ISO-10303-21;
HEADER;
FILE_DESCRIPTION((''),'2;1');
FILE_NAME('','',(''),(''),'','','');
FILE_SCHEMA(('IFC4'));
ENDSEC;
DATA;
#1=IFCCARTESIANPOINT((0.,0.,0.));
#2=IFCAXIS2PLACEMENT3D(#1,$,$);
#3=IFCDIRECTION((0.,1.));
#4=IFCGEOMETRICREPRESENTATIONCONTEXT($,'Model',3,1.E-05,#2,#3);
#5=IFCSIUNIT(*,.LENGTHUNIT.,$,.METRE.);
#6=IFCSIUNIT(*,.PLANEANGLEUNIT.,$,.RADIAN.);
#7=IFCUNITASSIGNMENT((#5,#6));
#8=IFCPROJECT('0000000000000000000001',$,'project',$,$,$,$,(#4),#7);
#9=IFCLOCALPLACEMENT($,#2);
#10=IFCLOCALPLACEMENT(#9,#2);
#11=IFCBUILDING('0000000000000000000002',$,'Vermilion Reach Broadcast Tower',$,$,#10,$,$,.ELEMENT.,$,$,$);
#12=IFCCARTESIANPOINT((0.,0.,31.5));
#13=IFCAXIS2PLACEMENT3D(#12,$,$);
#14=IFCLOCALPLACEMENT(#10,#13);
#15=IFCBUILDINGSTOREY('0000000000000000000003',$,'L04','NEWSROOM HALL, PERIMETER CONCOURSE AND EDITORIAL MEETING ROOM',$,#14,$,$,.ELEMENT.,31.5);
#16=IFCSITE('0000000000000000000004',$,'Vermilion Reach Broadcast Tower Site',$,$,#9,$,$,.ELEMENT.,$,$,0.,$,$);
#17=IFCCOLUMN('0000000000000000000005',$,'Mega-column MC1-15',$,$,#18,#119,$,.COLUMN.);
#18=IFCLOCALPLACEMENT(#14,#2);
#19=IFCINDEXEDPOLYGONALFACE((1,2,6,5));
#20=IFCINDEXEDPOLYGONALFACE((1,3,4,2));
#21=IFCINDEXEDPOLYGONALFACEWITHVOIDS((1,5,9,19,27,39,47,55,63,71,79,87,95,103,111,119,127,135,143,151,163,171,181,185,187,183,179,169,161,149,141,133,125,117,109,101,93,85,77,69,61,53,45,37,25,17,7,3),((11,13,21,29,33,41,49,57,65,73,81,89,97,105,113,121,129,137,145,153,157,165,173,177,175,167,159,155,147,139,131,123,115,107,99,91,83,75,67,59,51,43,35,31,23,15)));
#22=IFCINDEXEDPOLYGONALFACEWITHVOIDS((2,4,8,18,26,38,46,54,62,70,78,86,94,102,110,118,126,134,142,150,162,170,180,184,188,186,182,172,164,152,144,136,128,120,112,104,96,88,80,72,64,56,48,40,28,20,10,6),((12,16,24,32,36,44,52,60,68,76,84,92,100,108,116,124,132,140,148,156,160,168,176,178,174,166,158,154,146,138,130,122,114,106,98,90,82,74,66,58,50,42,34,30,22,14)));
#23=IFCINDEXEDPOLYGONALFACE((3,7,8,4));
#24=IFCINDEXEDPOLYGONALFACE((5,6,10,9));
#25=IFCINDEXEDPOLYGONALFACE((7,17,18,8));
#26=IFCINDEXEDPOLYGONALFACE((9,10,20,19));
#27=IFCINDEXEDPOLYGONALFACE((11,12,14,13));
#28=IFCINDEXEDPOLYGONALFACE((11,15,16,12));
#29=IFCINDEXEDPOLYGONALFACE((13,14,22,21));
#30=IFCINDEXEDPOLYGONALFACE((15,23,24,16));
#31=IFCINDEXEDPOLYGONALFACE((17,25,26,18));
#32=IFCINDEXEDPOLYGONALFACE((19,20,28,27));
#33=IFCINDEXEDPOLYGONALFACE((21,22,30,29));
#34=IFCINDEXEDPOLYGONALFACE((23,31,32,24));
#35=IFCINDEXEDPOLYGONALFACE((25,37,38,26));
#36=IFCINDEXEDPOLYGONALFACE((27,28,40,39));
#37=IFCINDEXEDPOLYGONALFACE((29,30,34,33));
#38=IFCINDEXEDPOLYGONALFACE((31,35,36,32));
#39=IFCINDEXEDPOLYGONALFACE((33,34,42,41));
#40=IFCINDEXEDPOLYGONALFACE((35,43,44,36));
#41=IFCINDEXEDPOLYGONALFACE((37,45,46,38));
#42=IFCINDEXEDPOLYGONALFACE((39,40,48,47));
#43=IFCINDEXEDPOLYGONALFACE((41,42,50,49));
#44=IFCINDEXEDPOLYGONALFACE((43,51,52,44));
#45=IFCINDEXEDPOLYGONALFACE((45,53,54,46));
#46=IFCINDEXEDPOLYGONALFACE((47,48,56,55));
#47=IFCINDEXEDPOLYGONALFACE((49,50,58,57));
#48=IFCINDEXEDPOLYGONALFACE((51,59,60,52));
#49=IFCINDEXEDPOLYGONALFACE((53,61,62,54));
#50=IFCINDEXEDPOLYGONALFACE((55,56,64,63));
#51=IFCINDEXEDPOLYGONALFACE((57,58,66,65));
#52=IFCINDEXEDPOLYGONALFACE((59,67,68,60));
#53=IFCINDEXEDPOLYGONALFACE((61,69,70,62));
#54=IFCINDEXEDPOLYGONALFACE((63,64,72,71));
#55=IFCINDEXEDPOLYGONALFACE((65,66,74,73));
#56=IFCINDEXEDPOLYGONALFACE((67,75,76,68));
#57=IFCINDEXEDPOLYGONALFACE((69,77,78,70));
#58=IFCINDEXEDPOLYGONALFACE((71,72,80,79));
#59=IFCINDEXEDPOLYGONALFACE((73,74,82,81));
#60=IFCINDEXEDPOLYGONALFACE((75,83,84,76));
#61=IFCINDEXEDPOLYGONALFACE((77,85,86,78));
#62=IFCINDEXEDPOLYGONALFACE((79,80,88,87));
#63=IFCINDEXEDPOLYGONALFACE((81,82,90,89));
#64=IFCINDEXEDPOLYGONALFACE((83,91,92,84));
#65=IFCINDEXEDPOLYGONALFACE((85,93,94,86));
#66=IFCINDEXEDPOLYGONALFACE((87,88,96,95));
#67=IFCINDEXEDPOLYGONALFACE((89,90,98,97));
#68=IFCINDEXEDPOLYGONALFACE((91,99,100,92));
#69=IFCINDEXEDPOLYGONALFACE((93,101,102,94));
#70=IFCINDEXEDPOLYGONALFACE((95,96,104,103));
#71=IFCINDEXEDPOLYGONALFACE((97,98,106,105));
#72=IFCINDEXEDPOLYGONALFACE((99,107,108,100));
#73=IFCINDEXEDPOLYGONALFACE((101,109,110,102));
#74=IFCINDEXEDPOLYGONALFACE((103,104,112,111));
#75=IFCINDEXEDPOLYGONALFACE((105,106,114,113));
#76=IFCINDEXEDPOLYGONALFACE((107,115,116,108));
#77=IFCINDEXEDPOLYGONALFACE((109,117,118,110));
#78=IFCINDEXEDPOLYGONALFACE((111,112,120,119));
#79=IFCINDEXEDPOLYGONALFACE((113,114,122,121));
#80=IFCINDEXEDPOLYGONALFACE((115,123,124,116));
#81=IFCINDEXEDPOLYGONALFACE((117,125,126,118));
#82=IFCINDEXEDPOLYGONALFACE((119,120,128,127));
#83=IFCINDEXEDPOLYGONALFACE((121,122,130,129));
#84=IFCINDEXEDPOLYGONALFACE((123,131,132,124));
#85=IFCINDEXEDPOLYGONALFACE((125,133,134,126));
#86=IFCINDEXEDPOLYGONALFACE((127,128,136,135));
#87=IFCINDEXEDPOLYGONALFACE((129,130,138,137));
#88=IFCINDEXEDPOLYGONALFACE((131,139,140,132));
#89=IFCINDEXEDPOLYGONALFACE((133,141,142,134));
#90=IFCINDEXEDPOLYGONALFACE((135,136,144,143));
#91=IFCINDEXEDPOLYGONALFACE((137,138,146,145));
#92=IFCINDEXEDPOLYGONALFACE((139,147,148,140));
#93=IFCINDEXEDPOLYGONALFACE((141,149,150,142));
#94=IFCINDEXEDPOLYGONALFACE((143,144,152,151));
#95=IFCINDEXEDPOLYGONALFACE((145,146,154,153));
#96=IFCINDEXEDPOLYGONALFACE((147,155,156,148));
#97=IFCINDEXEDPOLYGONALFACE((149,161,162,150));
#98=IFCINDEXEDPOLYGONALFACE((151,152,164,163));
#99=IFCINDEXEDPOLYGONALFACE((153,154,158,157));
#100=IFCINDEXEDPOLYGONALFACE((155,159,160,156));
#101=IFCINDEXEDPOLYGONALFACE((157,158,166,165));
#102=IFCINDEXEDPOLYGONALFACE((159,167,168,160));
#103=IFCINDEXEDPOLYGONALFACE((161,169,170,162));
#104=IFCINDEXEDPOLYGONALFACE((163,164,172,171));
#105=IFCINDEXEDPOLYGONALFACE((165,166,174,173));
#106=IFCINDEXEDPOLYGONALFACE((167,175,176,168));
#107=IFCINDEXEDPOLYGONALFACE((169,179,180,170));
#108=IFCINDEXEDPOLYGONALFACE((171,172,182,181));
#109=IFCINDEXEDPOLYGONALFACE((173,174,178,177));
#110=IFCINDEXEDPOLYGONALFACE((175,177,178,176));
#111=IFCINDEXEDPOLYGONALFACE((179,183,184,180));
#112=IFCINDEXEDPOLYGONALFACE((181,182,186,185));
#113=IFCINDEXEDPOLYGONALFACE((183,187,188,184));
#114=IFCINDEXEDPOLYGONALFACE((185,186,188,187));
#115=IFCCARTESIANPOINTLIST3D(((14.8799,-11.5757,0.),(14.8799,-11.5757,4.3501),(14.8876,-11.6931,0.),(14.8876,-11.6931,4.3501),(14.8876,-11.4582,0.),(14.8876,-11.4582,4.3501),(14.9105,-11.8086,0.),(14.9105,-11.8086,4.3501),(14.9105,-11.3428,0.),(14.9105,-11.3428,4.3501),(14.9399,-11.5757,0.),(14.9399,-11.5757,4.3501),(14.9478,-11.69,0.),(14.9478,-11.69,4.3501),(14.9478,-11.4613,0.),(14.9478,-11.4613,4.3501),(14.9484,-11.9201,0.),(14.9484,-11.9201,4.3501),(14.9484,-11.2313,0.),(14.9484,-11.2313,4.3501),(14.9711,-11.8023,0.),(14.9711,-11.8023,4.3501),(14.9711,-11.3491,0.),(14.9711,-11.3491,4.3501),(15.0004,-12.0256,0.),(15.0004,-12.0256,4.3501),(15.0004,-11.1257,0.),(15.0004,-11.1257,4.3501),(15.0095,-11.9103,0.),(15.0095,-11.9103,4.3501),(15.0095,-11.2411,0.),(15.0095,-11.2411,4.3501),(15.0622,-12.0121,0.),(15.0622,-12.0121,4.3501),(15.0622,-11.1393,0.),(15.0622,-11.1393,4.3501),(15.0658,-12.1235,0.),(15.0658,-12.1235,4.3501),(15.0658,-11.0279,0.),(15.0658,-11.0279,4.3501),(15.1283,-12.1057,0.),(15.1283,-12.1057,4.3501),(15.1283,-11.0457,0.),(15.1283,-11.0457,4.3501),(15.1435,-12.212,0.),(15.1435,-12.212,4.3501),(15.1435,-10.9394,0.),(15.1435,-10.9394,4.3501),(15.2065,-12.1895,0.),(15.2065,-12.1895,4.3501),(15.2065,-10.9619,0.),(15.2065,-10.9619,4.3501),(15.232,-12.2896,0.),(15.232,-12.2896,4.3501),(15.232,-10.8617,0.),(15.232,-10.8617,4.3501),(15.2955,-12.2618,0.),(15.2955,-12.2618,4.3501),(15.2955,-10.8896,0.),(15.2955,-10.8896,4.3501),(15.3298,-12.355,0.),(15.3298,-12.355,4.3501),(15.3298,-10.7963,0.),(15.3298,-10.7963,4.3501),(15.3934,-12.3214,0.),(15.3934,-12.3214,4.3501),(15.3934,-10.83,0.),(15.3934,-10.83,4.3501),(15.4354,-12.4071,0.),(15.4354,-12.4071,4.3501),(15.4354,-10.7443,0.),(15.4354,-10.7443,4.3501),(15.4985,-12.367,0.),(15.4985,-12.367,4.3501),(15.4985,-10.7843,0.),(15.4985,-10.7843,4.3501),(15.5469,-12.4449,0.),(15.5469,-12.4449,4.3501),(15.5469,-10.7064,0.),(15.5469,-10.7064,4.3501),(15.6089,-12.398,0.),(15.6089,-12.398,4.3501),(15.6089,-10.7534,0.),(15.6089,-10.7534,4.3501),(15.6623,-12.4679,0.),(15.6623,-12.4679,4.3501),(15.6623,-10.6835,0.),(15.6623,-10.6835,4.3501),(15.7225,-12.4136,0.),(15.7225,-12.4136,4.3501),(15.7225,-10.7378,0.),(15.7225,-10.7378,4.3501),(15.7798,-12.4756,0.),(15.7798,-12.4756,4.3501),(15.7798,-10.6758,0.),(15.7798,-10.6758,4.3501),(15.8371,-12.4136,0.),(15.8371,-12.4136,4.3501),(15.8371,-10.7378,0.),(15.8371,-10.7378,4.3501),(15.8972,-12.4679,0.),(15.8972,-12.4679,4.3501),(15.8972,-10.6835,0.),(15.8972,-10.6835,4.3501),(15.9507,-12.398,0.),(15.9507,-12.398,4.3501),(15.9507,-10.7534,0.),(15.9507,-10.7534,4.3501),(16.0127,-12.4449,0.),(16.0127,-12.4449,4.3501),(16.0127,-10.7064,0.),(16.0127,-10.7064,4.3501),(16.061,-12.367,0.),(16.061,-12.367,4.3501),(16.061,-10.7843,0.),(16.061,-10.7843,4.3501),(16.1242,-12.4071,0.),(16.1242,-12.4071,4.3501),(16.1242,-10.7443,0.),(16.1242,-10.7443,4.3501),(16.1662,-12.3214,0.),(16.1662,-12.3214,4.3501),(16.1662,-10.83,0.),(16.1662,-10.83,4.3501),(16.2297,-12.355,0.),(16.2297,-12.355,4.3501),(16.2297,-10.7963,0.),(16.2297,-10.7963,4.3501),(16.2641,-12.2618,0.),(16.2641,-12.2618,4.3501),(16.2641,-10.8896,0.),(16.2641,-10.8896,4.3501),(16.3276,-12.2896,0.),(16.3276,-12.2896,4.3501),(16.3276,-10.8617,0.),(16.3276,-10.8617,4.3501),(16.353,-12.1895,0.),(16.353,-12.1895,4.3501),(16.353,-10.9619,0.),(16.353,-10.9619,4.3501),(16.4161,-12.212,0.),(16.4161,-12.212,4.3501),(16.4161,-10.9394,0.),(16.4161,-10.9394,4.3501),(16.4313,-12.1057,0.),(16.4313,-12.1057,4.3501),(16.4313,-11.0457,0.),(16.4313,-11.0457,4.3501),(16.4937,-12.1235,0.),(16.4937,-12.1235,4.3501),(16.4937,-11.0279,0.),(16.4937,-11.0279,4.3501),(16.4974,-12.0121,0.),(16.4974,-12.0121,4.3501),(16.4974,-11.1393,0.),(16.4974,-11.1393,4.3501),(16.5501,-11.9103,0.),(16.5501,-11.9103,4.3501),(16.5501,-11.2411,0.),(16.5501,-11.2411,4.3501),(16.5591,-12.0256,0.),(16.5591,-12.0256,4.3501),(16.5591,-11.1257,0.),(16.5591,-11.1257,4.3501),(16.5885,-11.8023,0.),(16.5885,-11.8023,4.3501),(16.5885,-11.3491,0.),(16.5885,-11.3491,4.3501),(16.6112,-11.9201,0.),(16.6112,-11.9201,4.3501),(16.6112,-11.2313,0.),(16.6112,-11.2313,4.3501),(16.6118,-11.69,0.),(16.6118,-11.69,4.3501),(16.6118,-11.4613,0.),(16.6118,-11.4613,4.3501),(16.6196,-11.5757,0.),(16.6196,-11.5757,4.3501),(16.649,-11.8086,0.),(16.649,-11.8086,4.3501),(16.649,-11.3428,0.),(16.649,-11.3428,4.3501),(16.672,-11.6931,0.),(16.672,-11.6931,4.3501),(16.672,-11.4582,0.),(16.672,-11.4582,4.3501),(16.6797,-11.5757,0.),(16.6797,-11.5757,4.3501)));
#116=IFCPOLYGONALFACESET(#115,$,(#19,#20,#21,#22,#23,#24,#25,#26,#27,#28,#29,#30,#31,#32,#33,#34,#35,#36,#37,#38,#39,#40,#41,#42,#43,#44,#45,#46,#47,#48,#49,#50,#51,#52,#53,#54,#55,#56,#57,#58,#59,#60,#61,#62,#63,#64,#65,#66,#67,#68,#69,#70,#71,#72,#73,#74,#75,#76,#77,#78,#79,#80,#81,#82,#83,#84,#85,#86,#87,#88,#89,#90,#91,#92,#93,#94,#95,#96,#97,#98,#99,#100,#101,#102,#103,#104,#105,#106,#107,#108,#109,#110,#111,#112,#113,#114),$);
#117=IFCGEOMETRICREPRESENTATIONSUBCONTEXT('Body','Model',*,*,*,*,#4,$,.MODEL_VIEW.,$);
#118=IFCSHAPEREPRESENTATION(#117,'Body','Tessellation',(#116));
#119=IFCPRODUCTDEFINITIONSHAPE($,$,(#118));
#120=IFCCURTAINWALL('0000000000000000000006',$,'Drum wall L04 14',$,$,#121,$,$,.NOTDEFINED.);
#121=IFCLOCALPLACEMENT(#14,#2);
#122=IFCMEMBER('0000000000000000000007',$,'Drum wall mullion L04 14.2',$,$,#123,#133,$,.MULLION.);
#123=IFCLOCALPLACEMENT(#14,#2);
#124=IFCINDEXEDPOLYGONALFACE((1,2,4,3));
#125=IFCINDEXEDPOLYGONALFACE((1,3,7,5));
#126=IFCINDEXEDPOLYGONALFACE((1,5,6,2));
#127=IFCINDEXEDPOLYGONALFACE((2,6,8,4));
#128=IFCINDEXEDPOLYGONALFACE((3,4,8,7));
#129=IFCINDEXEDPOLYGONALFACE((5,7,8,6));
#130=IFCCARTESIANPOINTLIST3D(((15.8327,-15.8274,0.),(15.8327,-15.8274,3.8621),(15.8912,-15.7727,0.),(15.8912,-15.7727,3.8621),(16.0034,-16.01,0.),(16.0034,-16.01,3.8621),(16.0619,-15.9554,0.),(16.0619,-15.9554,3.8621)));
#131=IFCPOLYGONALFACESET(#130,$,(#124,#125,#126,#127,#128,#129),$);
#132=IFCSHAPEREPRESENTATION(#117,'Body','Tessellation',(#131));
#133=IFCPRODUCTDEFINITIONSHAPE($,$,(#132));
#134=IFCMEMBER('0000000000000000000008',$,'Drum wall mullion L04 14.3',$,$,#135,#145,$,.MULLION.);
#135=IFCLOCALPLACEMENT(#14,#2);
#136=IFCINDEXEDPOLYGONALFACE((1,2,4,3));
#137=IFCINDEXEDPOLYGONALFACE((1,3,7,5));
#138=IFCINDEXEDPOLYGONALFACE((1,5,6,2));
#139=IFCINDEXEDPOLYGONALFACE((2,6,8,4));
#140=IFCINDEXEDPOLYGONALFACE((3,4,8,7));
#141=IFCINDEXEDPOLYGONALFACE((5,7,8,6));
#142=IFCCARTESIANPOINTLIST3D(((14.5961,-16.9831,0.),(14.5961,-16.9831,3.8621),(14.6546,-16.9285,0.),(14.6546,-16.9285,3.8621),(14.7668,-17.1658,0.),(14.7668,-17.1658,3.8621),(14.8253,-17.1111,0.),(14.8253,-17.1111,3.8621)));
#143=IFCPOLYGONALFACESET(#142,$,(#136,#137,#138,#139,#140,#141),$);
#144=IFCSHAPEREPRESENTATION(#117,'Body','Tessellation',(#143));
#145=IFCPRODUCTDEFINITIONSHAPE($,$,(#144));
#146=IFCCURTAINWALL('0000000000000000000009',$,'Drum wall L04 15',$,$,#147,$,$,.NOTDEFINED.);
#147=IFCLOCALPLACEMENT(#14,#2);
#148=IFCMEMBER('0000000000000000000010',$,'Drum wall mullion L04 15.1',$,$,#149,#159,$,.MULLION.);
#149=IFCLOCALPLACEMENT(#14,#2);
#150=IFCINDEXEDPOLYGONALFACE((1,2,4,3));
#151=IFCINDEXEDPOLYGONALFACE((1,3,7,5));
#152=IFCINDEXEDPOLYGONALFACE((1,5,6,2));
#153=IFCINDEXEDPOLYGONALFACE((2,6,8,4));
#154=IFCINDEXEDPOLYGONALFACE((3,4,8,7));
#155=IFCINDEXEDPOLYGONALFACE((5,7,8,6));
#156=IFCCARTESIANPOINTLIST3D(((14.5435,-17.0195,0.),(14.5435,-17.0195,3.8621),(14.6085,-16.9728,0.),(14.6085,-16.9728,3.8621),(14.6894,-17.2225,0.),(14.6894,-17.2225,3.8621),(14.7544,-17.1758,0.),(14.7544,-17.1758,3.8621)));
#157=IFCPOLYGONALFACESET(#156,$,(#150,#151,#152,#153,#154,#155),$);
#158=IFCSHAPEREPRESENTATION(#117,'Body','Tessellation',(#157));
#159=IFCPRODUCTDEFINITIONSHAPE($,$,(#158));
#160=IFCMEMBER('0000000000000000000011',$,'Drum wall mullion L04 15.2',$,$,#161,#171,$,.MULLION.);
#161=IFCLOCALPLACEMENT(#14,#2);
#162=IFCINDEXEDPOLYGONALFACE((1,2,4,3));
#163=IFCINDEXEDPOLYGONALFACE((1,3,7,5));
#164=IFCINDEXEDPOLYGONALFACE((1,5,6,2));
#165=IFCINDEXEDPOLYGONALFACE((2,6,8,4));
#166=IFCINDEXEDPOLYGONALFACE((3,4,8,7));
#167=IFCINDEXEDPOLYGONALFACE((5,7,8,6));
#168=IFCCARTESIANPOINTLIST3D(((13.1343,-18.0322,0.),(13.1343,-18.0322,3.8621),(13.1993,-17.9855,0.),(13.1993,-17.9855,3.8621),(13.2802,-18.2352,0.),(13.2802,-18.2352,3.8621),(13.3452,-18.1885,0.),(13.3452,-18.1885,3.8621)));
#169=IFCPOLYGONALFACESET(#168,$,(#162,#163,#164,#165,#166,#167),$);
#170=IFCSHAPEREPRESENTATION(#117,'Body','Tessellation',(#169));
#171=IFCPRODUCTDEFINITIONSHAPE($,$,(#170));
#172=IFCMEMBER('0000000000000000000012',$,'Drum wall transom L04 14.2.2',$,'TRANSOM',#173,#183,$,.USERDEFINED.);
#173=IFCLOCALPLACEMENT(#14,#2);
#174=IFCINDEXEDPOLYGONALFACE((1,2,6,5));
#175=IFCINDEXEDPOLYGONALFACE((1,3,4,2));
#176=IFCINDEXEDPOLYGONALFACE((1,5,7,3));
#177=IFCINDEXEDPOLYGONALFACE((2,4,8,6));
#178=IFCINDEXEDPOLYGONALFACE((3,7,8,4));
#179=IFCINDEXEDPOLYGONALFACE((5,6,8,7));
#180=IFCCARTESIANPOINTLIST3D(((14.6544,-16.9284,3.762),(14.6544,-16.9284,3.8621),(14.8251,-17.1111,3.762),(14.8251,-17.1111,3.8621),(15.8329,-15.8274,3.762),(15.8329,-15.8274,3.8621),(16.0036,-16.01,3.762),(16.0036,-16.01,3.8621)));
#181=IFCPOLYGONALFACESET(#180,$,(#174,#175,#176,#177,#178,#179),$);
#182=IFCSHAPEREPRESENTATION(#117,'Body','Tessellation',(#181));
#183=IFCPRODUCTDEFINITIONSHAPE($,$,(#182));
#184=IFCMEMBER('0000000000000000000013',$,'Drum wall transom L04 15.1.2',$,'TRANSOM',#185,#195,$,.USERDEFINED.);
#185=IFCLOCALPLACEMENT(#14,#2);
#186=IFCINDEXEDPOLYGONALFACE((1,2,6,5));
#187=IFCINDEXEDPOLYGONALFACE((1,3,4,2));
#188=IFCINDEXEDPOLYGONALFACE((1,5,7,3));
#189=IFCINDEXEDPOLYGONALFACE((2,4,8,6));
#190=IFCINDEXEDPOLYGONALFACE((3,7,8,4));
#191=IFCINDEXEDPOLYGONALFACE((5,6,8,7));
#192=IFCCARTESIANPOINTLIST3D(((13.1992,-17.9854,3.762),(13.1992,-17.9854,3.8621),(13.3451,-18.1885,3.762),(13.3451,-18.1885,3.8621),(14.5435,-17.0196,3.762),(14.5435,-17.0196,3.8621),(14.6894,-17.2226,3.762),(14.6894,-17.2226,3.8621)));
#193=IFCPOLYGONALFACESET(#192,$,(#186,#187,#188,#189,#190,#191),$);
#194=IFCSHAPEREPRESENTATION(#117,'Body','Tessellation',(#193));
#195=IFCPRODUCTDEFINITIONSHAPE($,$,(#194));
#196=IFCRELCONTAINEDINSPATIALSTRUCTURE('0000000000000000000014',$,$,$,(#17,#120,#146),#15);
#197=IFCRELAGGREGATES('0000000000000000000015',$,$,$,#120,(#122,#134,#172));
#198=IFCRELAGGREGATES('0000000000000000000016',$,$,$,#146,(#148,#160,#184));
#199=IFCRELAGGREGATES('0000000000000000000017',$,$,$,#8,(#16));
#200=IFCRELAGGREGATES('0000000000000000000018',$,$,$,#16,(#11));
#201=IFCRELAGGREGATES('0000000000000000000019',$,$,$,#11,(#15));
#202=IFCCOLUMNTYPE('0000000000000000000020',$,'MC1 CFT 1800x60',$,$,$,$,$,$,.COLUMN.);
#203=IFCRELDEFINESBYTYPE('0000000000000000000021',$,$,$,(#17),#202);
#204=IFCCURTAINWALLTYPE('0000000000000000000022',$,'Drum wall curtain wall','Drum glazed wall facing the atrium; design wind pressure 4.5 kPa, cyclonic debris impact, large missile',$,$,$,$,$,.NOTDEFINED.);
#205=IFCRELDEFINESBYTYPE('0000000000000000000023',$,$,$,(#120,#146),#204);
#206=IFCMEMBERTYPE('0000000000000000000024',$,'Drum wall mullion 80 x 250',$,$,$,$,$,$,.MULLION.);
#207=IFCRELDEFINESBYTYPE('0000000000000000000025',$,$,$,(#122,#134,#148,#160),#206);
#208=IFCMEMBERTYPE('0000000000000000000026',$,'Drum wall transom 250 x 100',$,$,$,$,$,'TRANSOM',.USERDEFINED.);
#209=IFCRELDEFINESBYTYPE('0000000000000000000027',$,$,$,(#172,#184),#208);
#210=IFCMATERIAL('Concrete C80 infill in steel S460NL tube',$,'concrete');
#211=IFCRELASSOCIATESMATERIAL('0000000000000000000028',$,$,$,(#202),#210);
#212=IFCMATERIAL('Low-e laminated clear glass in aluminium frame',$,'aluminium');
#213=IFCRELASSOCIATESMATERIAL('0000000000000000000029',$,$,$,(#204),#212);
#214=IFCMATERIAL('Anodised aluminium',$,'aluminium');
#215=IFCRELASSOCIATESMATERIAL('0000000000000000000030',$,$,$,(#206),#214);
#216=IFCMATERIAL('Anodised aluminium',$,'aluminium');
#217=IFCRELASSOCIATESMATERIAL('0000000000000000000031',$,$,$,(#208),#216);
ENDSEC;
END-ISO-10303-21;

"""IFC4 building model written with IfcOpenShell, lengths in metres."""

from ifc_helpers import new_model, si_unit, direction, frame, origin, origin_2d, place, context, subcontext, project, spatial, rectangle, hollow_circle, extrude, material, material_profile, profile_set, type_object, element, aggregate, save


model = new_model("IFC4")

# Units and contexts
model_context = context("Model", 3, precision=1e-05, world=origin(), true_north=direction((0.0, 1.0)))
body_context = subcontext(model_context, "Body", "Model", "MODEL_VIEW")
ifc_project = project(units=[si_unit("LENGTHUNIT", "METRE"), si_unit("PLANEANGLEUNIT", "RADIAN")], contexts=[model_context])

# Site, building, storey
site_placement = place(None, origin())
site = spatial("IfcSite", under=ifc_project, at=site_placement, Name="Vermilion Reach Broadcast Tower Site", CompositionType="ELEMENT", RefElevation=0.0)
building_placement = place(site_placement, origin())
building = spatial("IfcBuilding", under=site, at=building_placement, Name="Vermilion Reach Broadcast Tower", CompositionType="ELEMENT")
storey_placement = place(building_placement, frame((0.0, 0.0, 31.5)))
storey = spatial("IfcBuildingStorey", under=building, at=storey_placement, Name="L04", Description="NEWSROOM HALL, PERIMETER CONCOURSE AND EDITORIAL MEETING ROOM", CompositionType="ELEMENT", Elevation=31.5)

# Column
ifc_material_1 = material(Name="Concrete C80 infill in steel S460NL tube", Category="concrete")
ifc_material_profile_1 = material_profile(ifc_material_1, hollow_circle(Radius=0.8999, WallThickness=0.0601, at=origin_2d()), Name="Concrete C80 infill in steel S460NL tube CFT 1800x60")
ifc_profile_set_1 = profile_set([ifc_material_profile_1], Name="Concrete C80 infill in steel S460NL tube")
column_type = type_object("IfcColumnType", Name="MC1 CFT 1800x60", PredefinedType="COLUMN", material=ifc_profile_set_1)
column_placement = place(storey_placement, frame((15.7798, -11.5757, 0.0), z_axis=(0.0, 0.0, 1.0), x_axis=(1.0, 0.0, 0.0)))
element("IfcColumn", 1, at=column_placement, inside=storey, type_object=column_type, Name="Mega-column MC1-15", PredefinedType="COLUMN", context=body_context, shape_type="SweptSolid", body=[
    extrude(hollow_circle(Radius=0.8999, WallThickness=0.0601, at=origin_2d()), origin(), (0.0, 0.0, 1.0), 4.3501),
])

# Curtain walls, members
ifc_material_2 = material(Name="Low-e laminated clear glass in aluminium frame", Category="aluminium")
curtain_wall_type = type_object("IfcCurtainWallType", Name="Drum wall curtain wall", Description="Drum glazed wall facing the atrium; design wind pressure 4.5 kPa, cyclonic debris impact, large missile", PredefinedType="NOTDEFINED", material=ifc_material_2)
placement = place(storey_placement, origin())
curtain_wall_1 = element("IfcCurtainWall", 2, at=placement, inside=storey, type_object=curtain_wall_type, Name="Drum wall L04 14", PredefinedType="NOTDEFINED")
ifc_material_3 = material(Name="Anodised aluminium", Category="aluminium")
ifc_material_profile_2 = material_profile(ifc_material_3, rectangle(XDim=0.25, YDim=0.0801, at=origin_2d()), Name="Drum wall mullion 80 x 250")
ifc_profile_set_2 = profile_set([ifc_material_profile_2], Name="Anodised aluminium")
member_type_1 = type_object("IfcMemberType", Name="Drum wall mullion 80 x 250", PredefinedType="MULLION", material=ifc_profile_set_2)
member_1_placement = place(storey_placement, frame((15.9473, -15.8914, 0.0), z_axis=(0.0, 0.0, 1.0), x_axis=(0.682748, -0.730654, 0.0)))
member_1 = element("IfcMember", 3, at=member_1_placement, type_object=member_type_1, Name="Drum wall mullion L04 14.2", PredefinedType="MULLION", context=body_context, shape_type="SweptSolid", body=[
    extrude(rectangle(XDim=0.25, YDim=0.0801, at=origin_2d()), origin(), (0.0, 0.0, 1.0), 3.8621),
])
member_2_placement = place(storey_placement, frame((14.7107, -17.0471, 0.0), z_axis=(0.0, 0.0, 1.0), x_axis=(0.682748, -0.730654, 0.0)))
member_2 = element("IfcMember", 4, at=member_2_placement, type_object=member_type_1, Name="Drum wall mullion L04 14.3", PredefinedType="MULLION", context=body_context, shape_type="SweptSolid", body=[
    extrude(rectangle(XDim=0.25, YDim=0.0801, at=origin_2d()), origin(), (0.0, 0.0, 1.0), 3.8621),
])
curtain_wall_2 = element("IfcCurtainWall", 5, at=placement, inside=storey, type_object=curtain_wall_type, Name="Drum wall L04 15", PredefinedType="NOTDEFINED")
member_3_placement = place(storey_placement, frame((14.6489, -17.0977, 0.0), z_axis=(0.0, 0.0, 1.0), x_axis=(0.583587, -0.812051, 0.0)))
member_3 = element("IfcMember", 6, at=member_3_placement, type_object=member_type_1, Name="Drum wall mullion L04 15.1", PredefinedType="MULLION", context=body_context, shape_type="SweptSolid", body=[
    extrude(rectangle(XDim=0.25, YDim=0.0801, at=origin_2d()), origin(), (0.0, 0.0, 1.0), 3.8621),
])
member_4_placement = place(storey_placement, frame((13.2397, -18.1104, 0.0), z_axis=(0.0, 0.0, 1.0), x_axis=(0.583587, -0.812051, 0.0)))
member_4 = element("IfcMember", 7, at=member_4_placement, type_object=member_type_1, Name="Drum wall mullion L04 15.2", PredefinedType="MULLION", context=body_context, shape_type="SweptSolid", body=[
    extrude(rectangle(XDim=0.25, YDim=0.0801, at=origin_2d()), origin(), (0.0, 0.0, 1.0), 3.8621),
])

# Members
ifc_material_4 = material(Name="Anodised aluminium", Category="aluminium")
ifc_material_profile_3 = material_profile(ifc_material_4, rectangle(XDim=0.25, YDim=0.1001, at=origin_2d()), Name="Drum wall transom 250 x 100")
ifc_profile_set_3 = profile_set([ifc_material_profile_3], Name="Anodised aluminium")
member_type_2 = type_object("IfcMemberType", Name="Drum wall transom 250 x 100", ElementType="TRANSOM", PredefinedType="USERDEFINED", material=ifc_profile_set_3)
member_5_placement = place(storey_placement, frame((15.9182, -15.9187, 3.812), z_axis=(-0.730693, -0.682706, 0.0), x_axis=(0.682706, -0.730693, 0.0)))
member_5 = element("IfcMember", 8, at=member_5_placement, type_object=member_type_2, Name="Drum wall transom L04 14.2.2", ObjectType="TRANSOM", PredefinedType="USERDEFINED", context=body_context, shape_type="SweptSolid", body=[
    extrude(rectangle(XDim=0.25, YDim=0.1001, at=origin_2d()), origin(), (0.0, 0.0, 1.0), 1.6128),
])
member_6_placement = place(storey_placement, frame((14.6165, -17.1211, 3.812), z_axis=(-0.812116, -0.583496, 0.0), x_axis=(0.583496, -0.812116, 0.0)))
member_6 = element("IfcMember", 9, at=member_6_placement, type_object=member_type_2, Name="Drum wall transom L04 15.1.2", ObjectType="TRANSOM", PredefinedType="USERDEFINED", context=body_context, shape_type="SweptSolid", body=[
    extrude(rectangle(XDim=0.25, YDim=0.1001, at=origin_2d()), origin(), (0.0, 0.0, 1.0), 1.6553),
])

aggregate(curtain_wall_1, [member_1, member_2, member_5])
aggregate(curtain_wall_2, [member_3, member_4, member_6])

save(model, "model.ifc")
